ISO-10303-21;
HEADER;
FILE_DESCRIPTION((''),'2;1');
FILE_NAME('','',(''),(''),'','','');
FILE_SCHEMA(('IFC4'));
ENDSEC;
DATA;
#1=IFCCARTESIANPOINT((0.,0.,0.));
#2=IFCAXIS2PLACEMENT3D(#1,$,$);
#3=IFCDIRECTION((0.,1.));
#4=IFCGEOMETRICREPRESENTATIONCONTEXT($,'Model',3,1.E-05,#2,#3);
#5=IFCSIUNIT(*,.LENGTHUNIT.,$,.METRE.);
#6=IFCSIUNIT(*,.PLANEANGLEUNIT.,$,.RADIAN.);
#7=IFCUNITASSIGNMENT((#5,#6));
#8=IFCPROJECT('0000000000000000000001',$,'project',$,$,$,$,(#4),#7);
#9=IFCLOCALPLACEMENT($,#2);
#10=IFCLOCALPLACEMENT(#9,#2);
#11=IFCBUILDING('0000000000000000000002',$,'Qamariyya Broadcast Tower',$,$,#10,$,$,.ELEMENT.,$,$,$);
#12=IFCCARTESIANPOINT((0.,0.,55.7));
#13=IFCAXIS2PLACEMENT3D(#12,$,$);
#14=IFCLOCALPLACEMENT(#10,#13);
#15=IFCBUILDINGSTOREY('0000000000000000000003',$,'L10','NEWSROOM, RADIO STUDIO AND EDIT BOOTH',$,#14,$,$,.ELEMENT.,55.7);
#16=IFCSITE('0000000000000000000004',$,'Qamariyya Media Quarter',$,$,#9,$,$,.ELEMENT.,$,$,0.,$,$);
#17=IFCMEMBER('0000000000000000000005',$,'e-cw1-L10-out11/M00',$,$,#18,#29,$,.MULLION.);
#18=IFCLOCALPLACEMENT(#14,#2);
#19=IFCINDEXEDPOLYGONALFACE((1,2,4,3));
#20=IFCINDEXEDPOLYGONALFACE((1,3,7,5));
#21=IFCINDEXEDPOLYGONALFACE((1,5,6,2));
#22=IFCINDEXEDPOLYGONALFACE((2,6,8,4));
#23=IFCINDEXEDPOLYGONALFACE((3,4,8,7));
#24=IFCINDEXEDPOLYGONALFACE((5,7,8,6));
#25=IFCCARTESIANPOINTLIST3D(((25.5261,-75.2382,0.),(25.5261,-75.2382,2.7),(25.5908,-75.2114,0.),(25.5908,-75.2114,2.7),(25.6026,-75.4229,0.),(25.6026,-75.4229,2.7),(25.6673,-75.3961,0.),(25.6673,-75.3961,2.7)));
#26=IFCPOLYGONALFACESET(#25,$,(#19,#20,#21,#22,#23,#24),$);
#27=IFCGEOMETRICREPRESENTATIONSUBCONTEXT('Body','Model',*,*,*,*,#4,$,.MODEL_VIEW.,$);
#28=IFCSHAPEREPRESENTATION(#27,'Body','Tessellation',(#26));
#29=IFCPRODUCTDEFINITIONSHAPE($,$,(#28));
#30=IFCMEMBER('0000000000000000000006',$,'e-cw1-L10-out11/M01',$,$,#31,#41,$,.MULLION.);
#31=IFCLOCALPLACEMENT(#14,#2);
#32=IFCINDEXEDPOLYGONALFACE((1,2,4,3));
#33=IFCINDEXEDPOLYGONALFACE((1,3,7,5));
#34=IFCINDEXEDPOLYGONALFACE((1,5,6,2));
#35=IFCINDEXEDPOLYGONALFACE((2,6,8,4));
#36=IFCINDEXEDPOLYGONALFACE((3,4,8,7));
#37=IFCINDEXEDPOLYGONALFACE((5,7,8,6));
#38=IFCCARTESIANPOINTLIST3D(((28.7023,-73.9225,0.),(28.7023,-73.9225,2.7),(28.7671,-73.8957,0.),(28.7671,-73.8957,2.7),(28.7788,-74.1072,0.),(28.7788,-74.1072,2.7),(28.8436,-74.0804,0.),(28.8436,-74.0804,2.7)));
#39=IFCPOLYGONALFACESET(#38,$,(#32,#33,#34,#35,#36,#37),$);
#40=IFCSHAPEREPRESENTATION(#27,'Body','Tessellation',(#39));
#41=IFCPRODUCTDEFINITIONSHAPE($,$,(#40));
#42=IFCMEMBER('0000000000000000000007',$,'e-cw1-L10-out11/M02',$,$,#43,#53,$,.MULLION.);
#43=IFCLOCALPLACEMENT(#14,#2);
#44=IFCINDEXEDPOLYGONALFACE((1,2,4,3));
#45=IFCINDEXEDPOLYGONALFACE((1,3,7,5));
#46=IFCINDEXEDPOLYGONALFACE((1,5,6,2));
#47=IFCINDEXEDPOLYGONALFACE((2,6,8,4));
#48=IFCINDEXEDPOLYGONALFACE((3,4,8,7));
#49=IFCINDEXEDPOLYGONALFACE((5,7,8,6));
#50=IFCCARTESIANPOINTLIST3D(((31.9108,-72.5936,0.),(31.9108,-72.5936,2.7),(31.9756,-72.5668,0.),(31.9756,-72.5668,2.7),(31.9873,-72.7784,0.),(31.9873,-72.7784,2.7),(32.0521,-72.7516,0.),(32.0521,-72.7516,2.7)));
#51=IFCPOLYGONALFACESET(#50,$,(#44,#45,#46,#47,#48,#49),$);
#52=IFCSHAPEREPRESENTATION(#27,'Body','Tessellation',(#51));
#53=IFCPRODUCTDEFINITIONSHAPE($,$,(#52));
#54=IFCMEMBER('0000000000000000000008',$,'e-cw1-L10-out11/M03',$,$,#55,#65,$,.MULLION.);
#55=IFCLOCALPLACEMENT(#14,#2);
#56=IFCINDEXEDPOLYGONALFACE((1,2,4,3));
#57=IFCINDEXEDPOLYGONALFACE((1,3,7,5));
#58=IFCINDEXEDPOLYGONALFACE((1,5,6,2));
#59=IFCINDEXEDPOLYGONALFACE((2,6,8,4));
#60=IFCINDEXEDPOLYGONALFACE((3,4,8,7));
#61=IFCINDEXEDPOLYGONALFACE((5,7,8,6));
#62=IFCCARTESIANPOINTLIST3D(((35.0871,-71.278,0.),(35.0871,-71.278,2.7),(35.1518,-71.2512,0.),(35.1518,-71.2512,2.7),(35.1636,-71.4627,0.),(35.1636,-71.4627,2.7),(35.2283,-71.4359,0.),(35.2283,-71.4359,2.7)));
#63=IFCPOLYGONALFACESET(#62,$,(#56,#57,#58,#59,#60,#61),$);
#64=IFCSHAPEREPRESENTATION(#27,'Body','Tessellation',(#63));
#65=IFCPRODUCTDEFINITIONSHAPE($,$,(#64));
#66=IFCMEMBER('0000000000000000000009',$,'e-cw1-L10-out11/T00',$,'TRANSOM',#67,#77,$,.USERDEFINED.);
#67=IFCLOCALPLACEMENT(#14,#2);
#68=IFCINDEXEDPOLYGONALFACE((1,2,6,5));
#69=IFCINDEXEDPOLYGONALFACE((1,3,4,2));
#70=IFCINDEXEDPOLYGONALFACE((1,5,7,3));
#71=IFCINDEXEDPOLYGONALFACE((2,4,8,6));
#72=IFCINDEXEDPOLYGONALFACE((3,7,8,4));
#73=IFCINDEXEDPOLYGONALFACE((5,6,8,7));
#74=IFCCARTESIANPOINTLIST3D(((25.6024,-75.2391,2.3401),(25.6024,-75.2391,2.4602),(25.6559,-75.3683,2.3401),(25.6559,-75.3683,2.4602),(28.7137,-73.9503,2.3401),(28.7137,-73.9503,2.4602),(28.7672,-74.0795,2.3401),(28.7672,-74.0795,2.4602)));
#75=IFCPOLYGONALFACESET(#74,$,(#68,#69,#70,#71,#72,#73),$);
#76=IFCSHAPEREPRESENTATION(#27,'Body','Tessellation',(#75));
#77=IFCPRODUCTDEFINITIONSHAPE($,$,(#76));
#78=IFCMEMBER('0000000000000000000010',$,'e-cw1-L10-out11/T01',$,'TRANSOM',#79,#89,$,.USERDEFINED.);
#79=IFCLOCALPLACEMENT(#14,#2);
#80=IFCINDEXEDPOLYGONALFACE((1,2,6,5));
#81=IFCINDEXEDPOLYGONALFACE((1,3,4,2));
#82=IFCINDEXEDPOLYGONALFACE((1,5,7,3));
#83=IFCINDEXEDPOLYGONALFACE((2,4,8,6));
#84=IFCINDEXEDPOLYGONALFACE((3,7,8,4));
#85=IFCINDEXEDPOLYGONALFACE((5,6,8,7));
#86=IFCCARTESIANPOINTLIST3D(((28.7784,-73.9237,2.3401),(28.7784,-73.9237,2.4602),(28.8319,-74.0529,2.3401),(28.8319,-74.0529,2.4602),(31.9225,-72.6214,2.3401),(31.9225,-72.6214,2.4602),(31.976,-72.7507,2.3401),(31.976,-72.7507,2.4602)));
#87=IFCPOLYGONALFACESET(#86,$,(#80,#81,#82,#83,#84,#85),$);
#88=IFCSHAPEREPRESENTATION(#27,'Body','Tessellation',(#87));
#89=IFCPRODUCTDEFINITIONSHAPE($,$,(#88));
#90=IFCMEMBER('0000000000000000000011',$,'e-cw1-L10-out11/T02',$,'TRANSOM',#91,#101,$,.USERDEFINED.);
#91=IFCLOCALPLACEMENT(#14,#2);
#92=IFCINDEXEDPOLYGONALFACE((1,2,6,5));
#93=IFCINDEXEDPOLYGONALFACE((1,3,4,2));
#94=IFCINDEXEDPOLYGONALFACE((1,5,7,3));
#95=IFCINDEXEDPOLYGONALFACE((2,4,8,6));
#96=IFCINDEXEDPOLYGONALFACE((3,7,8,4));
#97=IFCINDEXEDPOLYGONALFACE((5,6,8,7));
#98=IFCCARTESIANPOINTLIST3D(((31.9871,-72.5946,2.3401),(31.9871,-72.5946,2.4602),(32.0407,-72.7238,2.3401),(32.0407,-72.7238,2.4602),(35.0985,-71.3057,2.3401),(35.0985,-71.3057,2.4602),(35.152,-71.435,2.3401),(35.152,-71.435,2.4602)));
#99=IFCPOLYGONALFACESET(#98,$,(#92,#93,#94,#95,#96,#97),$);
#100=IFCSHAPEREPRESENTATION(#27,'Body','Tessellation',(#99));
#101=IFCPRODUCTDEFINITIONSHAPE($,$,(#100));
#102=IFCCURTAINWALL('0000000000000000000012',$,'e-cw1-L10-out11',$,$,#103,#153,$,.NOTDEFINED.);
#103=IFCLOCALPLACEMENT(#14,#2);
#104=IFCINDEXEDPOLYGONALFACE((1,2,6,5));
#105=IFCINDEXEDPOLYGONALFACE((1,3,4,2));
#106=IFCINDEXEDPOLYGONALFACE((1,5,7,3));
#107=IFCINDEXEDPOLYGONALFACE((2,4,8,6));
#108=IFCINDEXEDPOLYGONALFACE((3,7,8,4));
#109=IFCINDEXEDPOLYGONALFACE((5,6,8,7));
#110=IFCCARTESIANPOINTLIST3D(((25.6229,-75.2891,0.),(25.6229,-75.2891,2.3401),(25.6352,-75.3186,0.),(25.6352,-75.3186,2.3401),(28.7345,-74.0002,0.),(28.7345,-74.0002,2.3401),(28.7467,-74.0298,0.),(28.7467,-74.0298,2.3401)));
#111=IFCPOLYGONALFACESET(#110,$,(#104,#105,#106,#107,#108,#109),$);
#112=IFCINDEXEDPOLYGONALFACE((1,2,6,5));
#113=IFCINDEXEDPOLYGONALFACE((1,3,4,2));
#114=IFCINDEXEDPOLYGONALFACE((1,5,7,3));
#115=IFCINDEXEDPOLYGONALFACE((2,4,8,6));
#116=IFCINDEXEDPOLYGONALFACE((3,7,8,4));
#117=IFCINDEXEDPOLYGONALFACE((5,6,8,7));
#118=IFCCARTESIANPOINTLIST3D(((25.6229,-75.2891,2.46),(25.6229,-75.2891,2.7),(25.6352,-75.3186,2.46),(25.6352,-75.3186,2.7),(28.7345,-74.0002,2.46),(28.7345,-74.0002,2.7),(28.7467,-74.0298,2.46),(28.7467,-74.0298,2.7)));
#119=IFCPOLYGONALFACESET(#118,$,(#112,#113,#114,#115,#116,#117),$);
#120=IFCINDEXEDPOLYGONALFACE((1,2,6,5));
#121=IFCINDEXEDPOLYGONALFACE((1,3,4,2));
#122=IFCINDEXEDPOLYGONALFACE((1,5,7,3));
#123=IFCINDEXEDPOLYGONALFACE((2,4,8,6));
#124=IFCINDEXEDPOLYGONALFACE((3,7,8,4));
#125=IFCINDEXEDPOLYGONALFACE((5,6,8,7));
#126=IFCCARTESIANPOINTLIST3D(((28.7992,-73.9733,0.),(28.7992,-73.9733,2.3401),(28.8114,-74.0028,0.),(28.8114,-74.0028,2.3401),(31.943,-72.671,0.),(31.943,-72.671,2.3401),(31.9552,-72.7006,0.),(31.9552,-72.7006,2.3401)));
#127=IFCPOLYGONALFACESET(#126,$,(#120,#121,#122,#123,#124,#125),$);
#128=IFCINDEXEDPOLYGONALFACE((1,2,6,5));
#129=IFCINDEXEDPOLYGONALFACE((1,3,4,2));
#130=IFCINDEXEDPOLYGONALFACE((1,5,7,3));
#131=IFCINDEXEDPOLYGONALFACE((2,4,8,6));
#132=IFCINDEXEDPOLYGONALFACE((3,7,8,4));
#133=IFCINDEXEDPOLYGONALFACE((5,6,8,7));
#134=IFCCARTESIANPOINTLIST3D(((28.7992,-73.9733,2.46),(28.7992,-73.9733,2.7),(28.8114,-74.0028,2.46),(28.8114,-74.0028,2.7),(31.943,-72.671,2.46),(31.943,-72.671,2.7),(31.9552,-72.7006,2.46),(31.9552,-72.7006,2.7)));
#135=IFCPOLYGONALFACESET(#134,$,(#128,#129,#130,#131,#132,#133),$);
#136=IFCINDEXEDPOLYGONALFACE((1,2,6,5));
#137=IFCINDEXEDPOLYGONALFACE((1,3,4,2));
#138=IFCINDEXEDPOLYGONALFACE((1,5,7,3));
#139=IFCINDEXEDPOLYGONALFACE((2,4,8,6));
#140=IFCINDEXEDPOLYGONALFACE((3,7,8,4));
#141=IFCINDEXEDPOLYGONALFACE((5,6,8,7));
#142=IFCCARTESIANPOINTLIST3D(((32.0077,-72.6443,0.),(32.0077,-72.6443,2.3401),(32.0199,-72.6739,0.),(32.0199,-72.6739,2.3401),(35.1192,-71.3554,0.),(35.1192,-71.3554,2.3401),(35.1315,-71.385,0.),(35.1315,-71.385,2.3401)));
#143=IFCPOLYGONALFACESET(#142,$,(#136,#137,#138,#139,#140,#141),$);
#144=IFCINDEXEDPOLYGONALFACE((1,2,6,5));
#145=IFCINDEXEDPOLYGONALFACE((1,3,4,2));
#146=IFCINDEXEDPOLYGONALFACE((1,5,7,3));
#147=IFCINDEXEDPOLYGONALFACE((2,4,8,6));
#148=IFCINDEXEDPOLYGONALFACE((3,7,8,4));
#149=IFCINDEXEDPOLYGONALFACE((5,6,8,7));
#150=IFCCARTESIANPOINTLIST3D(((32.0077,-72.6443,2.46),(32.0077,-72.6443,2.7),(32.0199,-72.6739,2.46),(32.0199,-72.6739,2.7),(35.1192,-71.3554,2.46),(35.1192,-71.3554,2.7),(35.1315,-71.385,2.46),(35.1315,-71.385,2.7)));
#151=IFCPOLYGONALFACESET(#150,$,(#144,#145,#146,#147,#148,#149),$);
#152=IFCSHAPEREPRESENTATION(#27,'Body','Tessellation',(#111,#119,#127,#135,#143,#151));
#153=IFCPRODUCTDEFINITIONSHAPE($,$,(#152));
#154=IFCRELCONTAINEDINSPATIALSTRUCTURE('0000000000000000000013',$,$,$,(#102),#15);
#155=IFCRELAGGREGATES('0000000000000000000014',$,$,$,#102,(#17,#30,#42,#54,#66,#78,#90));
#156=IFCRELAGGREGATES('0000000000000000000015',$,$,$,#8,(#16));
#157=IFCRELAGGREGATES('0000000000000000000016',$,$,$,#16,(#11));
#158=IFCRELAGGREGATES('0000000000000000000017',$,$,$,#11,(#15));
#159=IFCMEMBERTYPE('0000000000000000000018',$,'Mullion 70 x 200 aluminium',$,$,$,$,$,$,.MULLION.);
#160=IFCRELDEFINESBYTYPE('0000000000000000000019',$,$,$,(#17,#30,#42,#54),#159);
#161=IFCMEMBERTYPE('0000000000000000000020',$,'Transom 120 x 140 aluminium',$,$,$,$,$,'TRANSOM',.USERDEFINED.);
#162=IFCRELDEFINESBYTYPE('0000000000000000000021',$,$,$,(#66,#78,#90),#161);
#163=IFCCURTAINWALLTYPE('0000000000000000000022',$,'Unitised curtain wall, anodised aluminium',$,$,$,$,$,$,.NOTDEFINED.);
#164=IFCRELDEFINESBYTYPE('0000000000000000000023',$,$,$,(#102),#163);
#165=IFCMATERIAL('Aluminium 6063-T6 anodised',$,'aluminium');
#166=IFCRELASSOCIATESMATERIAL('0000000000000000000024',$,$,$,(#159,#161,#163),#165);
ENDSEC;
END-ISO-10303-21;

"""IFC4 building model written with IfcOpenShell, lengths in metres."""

from ifc_helpers import new_model, si_unit, direction, frame, origin, origin_2d, place, context, subcontext, project, spatial, rectangle, extrude, material, material_profile, profile_set, type_object, element, aggregate, save


model = new_model("IFC4")

# Units and contexts
model_context = context("Model", 3, precision=1e-05, world=origin(), true_north=direction((0.0, 1.0)))
body_context = subcontext(model_context, "Body", "Model", "MODEL_VIEW")
ifc_project = project(units=[si_unit("LENGTHUNIT", "METRE"), si_unit("PLANEANGLEUNIT", "RADIAN")], contexts=[model_context])

# Members
ifc_material = material(Name="Aluminium 6063-T6 anodised", Category="aluminium")
ifc_material_profile_1 = material_profile(ifc_material, rectangle(XDim=0.2, YDim=0.0701, at=origin_2d()))
ifc_profile_set_1 = profile_set([ifc_material_profile_1], Name="Aluminium 6063-T6 anodised")
member_type_1 = type_object("IfcMemberType", Name="Mullion 70 x 200 aluminium", PredefinedType="MULLION", material=ifc_profile_set_1)
site_placement = place(None, origin())
building_placement = place(site_placement, origin())
storey_placement = place(building_placement, frame((0.0, 0.0, 55.7)))
member_1_placement = place(storey_placement, frame((25.5967, -75.3171, 0.0), z_axis=(0.0, 0.0, 1.0), x_axis=(-0.382683, 0.92388, 0.0)))
member_1 = element("IfcMember", 1, at=member_1_placement, type_object=member_type_1, Name="e-cw1-L10-out11/M00", PredefinedType="MULLION", context=body_context, shape_type="SweptSolid", body=[
    extrude(rectangle(XDim=0.2, YDim=0.0701, at=origin_2d()), origin(), (0.0, 0.0, 1.0), 2.7),
])
member_2_placement = place(storey_placement, frame((28.7729, -74.0015, 0.0), z_axis=(0.0, 0.0, 1.0), x_axis=(-0.382683, 0.92388, 0.0)))
member_2 = element("IfcMember", 2, at=member_2_placement, type_object=member_type_1, Name="e-cw1-L10-out11/M01", PredefinedType="MULLION", context=body_context, shape_type="SweptSolid", body=[
    extrude(rectangle(XDim=0.2, YDim=0.0701, at=origin_2d()), origin(), (0.0, 0.0, 1.0), 2.7),
])
member_3_placement = place(storey_placement, frame((31.9814, -72.6726, 0.0), z_axis=(0.0, 0.0, 1.0), x_axis=(-0.382683, 0.92388, 0.0)))
member_3 = element("IfcMember", 3, at=member_3_placement, type_object=member_type_1, Name="e-cw1-L10-out11/M02", PredefinedType="MULLION", context=body_context, shape_type="SweptSolid", body=[
    extrude(rectangle(XDim=0.2, YDim=0.0701, at=origin_2d()), origin(), (0.0, 0.0, 1.0), 2.7),
])
member_4_placement = place(storey_placement, frame((35.1577, -71.3569, 0.0), z_axis=(0.0, 0.0, 1.0), x_axis=(-0.382683, 0.92388, 0.0)))
member_4 = element("IfcMember", 4, at=member_4_placement, type_object=member_type_1, Name="e-cw1-L10-out11/M03", PredefinedType="MULLION", context=body_context, shape_type="SweptSolid", body=[
    extrude(rectangle(XDim=0.2, YDim=0.0701, at=origin_2d()), origin(), (0.0, 0.0, 1.0), 2.7),
])
ifc_material_profile_2 = material_profile(ifc_material, rectangle(XDim=0.1399, YDim=0.1201, at=origin_2d()))
ifc_profile_set_2 = profile_set([ifc_material_profile_2], Name="Aluminium 6063-T6 anodised")
member_type_2 = type_object("IfcMemberType", Name="Transom 120 x 140 aluminium", ElementType="TRANSOM", PredefinedType="USERDEFINED", material=ifc_profile_set_2)
member_5_placement = place(storey_placement, frame((25.6292, -75.3037, 2.4001), z_axis=(0.923873, 0.3827, 0.0), x_axis=(-0.3827, 0.923873, 0.0)))
member_5 = element("IfcMember", 5, at=member_5_placement, type_object=member_type_2, Name="e-cw1-L10-out11/T00", ObjectType="TRANSOM", PredefinedType="USERDEFINED", context=body_context, shape_type="SweptSolid", body=[
    extrude(rectangle(XDim=0.1399, YDim=0.1201, at=origin_2d()), origin(), (0.0, 0.0, 1.0), 3.3677),
])
member_6_placement = place(storey_placement, frame((28.8052, -73.9883, 2.4001), z_axis=(0.923886, 0.382669, 0.0), x_axis=(-0.382669, 0.923886, 0.0)))
member_6 = element("IfcMember", 6, at=member_6_placement, type_object=member_type_2, Name="e-cw1-L10-out11/T01", ObjectType="TRANSOM", PredefinedType="USERDEFINED", context=body_context, shape_type="SweptSolid", body=[
    extrude(rectangle(XDim=0.1399, YDim=0.1201, at=origin_2d()), origin(), (0.0, 0.0, 1.0), 3.4031),
])
member_7_placement = place(storey_placement, frame((32.0139, -72.6592, 2.4001), z_axis=(0.923873, 0.3827, 0.0), x_axis=(-0.3827, 0.923873, 0.0)))
member_7 = element("IfcMember", 7, at=member_7_placement, type_object=member_type_2, Name="e-cw1-L10-out11/T02", ObjectType="TRANSOM", PredefinedType="USERDEFINED", context=body_context, shape_type="SweptSolid", body=[
    extrude(rectangle(XDim=0.1399, YDim=0.1201, at=origin_2d()), origin(), (0.0, 0.0, 1.0), 3.3677),
])

# Site, building, storey
site = spatial("IfcSite", under=ifc_project, at=site_placement, Name="Qamariyya Media Quarter", CompositionType="ELEMENT", RefElevation=0.0)
building = spatial("IfcBuilding", under=site, at=building_placement, Name="Qamariyya Broadcast Tower", CompositionType="ELEMENT")
storey = spatial("IfcBuildingStorey", under=building, at=storey_placement, Name="L10", Description="NEWSROOM, RADIO STUDIO AND EDIT BOOTH", CompositionType="ELEMENT", Elevation=55.7)

# Curtain wall
curtain_wall_type = type_object("IfcCurtainWallType", Name="Unitised curtain wall, anodised aluminium", PredefinedType="NOTDEFINED", material=ifc_material)
curtain_wall_1_placement = place(storey_placement, origin())
curtain_wall_1 = element("IfcCurtainWall", 8, at=curtain_wall_1_placement, inside=storey, type_object=curtain_wall_type, Name="e-cw1-L10-out11", PredefinedType="NOTDEFINED", context=body_context, shape_type="SweptSolid", body=[
    extrude(rectangle(XDim=3.3679, YDim=0.032, at=origin_2d()), frame((27.1848, -74.6594, 0.0), x_axis=(0.923878, 0.382688, 0.0)), (0.0, 0.0, 1.0), 2.3401),
    extrude(rectangle(XDim=3.3679, YDim=0.032, at=origin_2d()), frame((27.1848, -74.6594, 2.46), x_axis=(0.923878, 0.382688, 0.0)), (0.0, 0.0, 1.0), 0.24),
    extrude(rectangle(XDim=3.4028, YDim=0.032, at=origin_2d()), frame((30.3772, -73.3369, 0.0), x_axis=(0.923878, 0.382688, 0.0)), (0.0, 0.0, 1.0), 2.3401),
    extrude(rectangle(XDim=3.4028, YDim=0.032, at=origin_2d()), frame((30.3772, -73.3369, 2.46), x_axis=(0.923878, 0.382688, 0.0)), (0.0, 0.0, 1.0), 0.24),
    extrude(rectangle(XDim=3.3679, YDim=0.032, at=origin_2d()), frame((33.5696, -72.0146, 0.0), x_axis=(0.923878, 0.382688, 0.0)), (0.0, 0.0, 1.0), 2.3401),
    extrude(rectangle(XDim=3.3679, YDim=0.032, at=origin_2d()), frame((33.5696, -72.0146, 2.46), x_axis=(0.923878, 0.382688, 0.0)), (0.0, 0.0, 1.0), 0.24),
])
aggregate(curtain_wall_1, [member_1, member_2, member_3, member_4, member_5, member_6, member_7])

save(model, "model.ifc")
